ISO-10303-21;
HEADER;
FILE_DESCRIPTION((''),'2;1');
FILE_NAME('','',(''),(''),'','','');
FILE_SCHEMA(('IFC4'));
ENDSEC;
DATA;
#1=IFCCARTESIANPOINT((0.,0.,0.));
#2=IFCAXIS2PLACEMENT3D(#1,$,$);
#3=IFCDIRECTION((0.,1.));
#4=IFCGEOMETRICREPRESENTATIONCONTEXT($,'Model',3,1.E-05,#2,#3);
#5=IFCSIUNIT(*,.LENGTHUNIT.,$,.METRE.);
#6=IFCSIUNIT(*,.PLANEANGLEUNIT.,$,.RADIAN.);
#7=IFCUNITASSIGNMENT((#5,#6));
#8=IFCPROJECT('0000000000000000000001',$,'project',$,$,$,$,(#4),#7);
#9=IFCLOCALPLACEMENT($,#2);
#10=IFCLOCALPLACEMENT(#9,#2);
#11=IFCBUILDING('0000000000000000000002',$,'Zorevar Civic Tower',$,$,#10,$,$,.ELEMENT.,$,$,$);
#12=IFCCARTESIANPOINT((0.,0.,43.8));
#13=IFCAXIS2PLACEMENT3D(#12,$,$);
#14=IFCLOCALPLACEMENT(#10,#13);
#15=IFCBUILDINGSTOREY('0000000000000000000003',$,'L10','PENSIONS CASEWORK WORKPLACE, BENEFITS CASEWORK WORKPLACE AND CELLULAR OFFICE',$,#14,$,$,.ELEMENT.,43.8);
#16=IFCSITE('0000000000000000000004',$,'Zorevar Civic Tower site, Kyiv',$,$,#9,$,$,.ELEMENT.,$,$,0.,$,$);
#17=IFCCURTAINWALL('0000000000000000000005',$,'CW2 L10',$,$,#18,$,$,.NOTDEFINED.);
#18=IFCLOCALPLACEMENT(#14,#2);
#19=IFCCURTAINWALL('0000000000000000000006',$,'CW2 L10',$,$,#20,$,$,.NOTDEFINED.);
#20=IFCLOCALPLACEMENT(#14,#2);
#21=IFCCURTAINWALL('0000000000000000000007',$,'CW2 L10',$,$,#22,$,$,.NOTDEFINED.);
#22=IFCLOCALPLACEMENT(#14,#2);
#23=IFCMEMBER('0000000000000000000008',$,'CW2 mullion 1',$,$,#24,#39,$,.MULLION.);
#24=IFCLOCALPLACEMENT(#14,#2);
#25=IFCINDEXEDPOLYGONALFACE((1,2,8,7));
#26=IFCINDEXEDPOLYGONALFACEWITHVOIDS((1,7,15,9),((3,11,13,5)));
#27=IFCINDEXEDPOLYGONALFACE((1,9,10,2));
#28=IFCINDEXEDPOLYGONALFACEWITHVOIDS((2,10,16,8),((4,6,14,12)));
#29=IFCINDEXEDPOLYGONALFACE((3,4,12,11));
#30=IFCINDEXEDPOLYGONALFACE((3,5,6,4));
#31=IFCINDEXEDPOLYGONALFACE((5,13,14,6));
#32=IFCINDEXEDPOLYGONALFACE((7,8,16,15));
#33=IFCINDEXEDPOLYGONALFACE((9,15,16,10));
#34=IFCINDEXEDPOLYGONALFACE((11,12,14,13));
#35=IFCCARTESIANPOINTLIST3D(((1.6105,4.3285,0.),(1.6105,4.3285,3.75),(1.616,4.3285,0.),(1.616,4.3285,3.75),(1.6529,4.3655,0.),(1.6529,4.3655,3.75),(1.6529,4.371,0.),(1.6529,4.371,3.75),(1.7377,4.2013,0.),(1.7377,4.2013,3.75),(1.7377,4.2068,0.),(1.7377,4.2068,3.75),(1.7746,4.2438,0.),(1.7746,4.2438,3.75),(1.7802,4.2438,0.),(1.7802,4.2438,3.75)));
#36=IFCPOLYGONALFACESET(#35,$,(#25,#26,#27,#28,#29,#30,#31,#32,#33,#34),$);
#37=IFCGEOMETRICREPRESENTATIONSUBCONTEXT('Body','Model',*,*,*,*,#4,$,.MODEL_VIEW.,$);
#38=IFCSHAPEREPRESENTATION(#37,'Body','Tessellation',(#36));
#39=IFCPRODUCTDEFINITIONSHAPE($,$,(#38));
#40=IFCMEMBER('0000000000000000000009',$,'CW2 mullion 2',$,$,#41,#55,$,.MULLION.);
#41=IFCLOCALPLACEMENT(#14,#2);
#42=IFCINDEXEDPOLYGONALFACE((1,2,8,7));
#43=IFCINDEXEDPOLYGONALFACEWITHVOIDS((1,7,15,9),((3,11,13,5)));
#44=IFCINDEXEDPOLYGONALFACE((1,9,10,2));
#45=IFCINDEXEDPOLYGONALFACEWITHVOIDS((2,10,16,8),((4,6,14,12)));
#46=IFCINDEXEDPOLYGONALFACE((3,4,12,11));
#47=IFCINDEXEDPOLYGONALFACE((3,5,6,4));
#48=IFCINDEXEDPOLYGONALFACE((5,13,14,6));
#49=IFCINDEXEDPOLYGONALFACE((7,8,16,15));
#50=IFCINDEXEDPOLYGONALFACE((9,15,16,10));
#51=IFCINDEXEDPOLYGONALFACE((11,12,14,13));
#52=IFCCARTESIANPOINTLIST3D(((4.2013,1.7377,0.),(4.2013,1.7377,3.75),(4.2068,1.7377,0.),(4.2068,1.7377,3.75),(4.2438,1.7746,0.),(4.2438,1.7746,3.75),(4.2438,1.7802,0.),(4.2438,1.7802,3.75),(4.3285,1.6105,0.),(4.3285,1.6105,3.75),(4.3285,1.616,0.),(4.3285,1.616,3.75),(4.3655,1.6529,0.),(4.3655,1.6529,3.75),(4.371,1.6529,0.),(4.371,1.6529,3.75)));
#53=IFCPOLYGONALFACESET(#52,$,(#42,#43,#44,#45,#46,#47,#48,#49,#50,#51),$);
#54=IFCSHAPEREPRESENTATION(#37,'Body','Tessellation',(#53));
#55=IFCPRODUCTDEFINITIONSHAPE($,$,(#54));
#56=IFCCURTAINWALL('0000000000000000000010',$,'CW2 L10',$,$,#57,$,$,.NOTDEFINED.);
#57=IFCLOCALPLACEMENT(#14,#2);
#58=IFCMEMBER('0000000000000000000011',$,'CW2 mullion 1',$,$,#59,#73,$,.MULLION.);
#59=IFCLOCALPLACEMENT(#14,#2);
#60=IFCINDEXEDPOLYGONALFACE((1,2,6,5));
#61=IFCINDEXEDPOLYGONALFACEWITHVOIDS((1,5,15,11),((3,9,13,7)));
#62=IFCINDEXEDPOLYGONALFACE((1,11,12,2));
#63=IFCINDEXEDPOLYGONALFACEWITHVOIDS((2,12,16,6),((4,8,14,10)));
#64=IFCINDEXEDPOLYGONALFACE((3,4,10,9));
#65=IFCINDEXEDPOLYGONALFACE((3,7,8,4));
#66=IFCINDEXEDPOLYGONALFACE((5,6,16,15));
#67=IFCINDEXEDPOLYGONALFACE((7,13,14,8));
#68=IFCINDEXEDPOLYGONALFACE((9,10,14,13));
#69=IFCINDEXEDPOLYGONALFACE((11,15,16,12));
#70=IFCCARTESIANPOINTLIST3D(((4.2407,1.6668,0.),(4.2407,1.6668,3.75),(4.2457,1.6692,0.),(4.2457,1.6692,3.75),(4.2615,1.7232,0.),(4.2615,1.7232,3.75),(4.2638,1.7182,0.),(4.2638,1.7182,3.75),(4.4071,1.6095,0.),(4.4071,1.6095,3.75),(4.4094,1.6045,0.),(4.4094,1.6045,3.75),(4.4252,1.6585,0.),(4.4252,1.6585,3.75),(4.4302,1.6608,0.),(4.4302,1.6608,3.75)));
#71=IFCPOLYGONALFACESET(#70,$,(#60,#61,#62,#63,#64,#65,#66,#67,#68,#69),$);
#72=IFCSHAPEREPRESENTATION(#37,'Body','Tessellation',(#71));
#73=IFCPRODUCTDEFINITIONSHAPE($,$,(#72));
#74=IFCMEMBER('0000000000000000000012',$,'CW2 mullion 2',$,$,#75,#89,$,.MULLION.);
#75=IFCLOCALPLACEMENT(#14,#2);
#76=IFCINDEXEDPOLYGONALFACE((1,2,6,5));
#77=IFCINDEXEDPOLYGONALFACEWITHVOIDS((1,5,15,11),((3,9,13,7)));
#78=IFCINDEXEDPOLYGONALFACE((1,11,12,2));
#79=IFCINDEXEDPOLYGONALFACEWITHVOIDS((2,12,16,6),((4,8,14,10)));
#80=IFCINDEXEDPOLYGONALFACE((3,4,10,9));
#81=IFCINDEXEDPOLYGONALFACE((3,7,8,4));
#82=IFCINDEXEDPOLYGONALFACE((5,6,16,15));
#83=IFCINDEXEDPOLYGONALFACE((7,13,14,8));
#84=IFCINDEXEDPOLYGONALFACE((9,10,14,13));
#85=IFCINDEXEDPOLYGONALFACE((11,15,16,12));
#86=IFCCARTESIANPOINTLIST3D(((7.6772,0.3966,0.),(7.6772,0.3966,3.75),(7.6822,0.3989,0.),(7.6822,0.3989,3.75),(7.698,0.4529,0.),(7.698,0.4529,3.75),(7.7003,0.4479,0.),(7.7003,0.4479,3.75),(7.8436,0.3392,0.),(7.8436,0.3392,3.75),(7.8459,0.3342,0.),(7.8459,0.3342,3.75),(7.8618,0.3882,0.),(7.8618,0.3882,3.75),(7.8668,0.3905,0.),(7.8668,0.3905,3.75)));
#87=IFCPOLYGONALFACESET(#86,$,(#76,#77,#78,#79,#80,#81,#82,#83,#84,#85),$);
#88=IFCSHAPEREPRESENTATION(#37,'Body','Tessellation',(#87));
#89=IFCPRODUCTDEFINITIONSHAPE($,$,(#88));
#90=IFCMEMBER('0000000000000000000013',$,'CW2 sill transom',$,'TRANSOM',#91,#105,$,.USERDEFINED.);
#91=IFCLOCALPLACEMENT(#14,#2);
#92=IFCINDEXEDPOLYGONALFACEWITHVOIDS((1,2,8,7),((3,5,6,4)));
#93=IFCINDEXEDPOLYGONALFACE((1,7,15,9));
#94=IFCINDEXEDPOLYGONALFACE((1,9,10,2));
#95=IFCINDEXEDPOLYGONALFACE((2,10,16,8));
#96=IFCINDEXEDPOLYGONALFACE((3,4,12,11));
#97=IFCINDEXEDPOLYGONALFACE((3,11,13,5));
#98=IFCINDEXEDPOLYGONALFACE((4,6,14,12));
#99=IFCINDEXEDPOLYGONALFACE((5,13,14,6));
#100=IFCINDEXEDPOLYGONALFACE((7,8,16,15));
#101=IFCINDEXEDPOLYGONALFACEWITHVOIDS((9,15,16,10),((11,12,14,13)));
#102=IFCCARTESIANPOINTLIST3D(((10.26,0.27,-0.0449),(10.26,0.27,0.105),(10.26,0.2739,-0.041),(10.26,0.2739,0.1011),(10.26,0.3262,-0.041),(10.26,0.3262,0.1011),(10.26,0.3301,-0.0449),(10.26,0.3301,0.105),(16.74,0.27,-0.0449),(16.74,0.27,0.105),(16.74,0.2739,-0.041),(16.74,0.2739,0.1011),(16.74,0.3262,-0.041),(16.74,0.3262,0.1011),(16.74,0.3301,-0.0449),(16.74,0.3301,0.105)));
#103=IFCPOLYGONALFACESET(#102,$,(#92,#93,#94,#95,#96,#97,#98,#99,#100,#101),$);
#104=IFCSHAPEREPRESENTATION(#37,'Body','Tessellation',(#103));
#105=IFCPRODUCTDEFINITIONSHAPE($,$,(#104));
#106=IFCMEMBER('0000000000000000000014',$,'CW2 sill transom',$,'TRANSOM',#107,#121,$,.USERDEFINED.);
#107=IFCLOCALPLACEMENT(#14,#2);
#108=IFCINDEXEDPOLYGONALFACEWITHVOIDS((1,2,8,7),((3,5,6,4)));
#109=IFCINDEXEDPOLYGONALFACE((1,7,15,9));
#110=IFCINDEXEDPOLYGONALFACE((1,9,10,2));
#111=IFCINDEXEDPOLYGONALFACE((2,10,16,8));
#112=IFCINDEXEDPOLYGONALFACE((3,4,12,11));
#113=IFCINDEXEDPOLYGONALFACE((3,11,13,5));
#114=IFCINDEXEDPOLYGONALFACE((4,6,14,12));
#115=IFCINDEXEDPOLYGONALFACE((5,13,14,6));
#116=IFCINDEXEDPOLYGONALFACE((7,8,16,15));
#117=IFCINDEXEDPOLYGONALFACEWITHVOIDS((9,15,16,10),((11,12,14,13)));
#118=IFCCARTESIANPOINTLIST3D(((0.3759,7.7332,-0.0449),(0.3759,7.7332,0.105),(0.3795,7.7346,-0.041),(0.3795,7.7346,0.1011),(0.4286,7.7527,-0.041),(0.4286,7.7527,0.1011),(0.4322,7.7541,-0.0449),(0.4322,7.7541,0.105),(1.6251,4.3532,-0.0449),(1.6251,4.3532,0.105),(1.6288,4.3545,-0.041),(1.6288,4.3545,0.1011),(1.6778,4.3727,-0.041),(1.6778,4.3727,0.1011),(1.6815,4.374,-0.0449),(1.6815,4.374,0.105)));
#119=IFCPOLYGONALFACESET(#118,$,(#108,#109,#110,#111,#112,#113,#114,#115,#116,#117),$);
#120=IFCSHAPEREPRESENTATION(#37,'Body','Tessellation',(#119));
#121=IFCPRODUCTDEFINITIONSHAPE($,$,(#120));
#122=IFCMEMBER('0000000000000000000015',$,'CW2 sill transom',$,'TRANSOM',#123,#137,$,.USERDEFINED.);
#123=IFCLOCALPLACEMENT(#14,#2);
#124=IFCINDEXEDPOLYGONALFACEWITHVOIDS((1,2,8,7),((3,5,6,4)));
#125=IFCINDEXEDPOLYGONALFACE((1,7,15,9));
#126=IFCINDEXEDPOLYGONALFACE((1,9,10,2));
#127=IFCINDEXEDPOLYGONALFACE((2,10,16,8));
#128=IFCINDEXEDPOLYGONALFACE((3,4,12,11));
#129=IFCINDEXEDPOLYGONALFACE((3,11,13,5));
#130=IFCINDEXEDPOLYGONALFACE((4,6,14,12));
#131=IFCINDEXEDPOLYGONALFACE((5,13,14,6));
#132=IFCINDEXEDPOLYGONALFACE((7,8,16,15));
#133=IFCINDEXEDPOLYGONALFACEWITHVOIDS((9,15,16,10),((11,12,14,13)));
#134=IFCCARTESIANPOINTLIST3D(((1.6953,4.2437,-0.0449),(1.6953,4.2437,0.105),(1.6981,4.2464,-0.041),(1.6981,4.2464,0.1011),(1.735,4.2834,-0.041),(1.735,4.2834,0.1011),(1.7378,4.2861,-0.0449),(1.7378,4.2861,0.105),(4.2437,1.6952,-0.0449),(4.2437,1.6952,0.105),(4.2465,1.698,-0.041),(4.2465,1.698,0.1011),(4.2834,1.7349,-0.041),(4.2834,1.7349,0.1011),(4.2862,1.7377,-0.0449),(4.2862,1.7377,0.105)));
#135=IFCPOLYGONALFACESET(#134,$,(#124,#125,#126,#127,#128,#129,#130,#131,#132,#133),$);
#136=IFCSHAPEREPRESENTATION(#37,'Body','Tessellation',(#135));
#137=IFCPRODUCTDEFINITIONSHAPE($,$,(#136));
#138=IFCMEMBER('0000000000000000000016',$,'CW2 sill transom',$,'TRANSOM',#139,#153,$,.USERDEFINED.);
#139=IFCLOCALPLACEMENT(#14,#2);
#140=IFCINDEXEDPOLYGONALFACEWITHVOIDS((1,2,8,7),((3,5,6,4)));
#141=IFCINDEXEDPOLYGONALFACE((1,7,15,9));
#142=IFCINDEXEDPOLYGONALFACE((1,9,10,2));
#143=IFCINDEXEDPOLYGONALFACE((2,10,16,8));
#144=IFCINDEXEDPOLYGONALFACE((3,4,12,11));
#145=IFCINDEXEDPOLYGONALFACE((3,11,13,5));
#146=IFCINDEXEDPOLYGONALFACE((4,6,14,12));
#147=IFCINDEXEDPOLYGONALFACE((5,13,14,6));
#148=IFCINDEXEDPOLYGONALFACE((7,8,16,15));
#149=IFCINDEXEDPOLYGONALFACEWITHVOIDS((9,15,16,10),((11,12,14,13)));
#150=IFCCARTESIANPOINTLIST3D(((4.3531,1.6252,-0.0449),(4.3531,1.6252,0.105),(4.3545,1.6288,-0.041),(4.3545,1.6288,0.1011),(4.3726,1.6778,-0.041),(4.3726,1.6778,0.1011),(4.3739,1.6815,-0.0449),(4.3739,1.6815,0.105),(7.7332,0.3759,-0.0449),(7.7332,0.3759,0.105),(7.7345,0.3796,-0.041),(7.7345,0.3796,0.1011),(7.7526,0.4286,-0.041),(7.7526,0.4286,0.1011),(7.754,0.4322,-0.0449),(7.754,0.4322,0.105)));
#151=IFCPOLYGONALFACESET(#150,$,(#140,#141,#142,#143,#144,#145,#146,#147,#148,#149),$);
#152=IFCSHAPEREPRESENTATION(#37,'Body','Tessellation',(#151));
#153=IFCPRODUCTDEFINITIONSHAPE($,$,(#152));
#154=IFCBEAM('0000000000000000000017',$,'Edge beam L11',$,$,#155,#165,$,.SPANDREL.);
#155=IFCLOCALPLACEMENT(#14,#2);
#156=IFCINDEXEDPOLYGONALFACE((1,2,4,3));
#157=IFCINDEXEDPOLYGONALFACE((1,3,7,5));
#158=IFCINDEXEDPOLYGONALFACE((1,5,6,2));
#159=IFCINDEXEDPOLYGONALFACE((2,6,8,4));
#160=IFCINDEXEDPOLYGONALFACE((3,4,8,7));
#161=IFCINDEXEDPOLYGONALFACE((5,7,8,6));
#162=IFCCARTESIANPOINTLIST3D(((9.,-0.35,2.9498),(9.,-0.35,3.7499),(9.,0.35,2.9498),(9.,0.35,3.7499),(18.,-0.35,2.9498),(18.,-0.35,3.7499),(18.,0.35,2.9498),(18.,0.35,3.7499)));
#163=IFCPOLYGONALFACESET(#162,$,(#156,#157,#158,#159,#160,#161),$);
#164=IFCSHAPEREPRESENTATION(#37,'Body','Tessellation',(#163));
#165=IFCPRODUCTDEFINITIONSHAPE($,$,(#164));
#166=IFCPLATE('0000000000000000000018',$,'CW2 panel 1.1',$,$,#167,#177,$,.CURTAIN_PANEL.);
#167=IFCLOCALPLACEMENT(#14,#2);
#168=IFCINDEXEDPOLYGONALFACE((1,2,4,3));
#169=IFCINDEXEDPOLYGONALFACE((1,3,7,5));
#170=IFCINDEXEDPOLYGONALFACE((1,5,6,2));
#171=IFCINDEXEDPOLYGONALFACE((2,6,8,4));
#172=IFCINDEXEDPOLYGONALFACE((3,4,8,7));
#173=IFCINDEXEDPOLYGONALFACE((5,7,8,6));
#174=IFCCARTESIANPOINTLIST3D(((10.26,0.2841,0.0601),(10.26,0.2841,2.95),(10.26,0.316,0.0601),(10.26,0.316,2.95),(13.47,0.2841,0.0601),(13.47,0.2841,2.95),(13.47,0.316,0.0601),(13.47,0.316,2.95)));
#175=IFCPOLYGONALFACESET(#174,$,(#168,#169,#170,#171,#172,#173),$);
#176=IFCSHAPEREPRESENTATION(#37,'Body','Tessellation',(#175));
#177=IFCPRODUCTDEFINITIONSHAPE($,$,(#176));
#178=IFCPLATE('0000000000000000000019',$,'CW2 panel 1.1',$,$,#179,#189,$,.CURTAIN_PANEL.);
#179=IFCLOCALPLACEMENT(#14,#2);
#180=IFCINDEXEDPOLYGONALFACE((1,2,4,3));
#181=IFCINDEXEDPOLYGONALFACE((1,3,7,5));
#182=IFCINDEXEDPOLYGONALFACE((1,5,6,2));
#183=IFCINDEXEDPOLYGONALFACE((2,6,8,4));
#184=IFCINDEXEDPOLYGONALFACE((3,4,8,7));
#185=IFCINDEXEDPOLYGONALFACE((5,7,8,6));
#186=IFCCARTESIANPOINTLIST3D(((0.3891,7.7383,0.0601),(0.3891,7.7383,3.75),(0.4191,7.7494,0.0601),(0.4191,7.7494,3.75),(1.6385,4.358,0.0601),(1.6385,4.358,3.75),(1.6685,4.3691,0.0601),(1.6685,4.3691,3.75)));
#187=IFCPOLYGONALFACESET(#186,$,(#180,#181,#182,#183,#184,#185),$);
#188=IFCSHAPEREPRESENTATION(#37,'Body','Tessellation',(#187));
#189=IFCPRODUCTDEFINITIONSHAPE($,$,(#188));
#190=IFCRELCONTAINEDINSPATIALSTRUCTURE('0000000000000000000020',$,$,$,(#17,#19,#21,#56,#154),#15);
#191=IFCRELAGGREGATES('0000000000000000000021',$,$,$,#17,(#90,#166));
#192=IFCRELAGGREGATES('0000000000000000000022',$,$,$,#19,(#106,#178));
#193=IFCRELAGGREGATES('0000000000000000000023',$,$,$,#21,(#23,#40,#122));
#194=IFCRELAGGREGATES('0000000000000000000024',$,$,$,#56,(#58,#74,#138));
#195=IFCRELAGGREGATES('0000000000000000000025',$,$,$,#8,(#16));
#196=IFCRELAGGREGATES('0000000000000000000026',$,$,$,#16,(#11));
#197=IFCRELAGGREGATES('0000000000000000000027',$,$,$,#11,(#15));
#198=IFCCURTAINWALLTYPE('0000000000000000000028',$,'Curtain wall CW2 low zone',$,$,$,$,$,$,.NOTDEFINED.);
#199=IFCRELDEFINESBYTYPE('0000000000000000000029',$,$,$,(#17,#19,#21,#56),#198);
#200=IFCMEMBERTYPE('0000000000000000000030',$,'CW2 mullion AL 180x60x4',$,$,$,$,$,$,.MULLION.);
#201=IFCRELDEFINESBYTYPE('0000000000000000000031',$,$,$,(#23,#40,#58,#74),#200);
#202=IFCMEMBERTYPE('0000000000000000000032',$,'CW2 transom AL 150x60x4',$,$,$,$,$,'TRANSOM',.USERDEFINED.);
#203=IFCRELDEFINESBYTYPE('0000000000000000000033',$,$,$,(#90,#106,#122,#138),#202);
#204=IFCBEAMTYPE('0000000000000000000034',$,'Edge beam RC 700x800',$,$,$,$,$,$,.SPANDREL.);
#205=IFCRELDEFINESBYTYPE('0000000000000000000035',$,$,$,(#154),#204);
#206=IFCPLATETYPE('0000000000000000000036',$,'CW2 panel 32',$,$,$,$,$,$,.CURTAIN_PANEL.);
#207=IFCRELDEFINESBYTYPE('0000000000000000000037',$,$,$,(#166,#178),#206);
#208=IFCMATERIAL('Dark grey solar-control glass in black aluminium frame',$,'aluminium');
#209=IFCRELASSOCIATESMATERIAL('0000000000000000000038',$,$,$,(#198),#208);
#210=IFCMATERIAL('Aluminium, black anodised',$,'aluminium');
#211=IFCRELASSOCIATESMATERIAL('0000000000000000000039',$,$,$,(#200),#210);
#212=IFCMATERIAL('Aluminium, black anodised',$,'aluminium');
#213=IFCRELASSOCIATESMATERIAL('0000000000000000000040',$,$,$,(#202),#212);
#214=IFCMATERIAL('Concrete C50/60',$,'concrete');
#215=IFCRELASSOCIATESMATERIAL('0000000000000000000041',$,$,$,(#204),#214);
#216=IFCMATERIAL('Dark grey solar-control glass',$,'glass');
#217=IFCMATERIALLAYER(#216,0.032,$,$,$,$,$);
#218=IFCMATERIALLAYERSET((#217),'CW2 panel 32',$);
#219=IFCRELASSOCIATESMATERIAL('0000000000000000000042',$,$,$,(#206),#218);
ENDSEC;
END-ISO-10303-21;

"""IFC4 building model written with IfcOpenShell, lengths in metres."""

from ifc_helpers import new_model, si_unit, direction, frame, origin, origin_2d, place, context, subcontext, project, spatial, rectangle, hollow_rectangle, extrude, material, layer, layer_set, material_profile, profile_set, type_object, element, aggregate, save


model = new_model("IFC4")

# Units and contexts
model_context = context("Model", 3, precision=1e-05, world=origin(), true_north=direction((0.0, 1.0)))
body_context = subcontext(model_context, "Body", "Model", "MODEL_VIEW")
ifc_project = project(units=[si_unit("LENGTHUNIT", "METRE"), si_unit("PLANEANGLEUNIT", "RADIAN")], contexts=[model_context])

# Site, building, storey
site_placement = place(None, origin())
site = spatial("IfcSite", under=ifc_project, at=site_placement, Name="Zorevar Civic Tower site, Kyiv", CompositionType="ELEMENT", RefElevation=0.0)
building_placement = place(site_placement, origin())
building = spatial("IfcBuilding", under=site, at=building_placement, Name="Zorevar Civic Tower", CompositionType="ELEMENT")
storey_placement = place(building_placement, frame((0.0, 0.0, 43.8)))
storey = spatial("IfcBuildingStorey", under=building, at=storey_placement, Name="L10", Description="PENSIONS CASEWORK WORKPLACE, BENEFITS CASEWORK WORKPLACE AND CELLULAR OFFICE", CompositionType="ELEMENT", Elevation=43.8)

# Curtain walls, members
ifc_material_1 = material(Name="Dark grey solar-control glass in black aluminium frame", Category="aluminium")
curtain_wall_type = type_object("IfcCurtainWallType", Name="Curtain wall CW2 low zone", PredefinedType="NOTDEFINED", material=ifc_material_1)
curtain_wall_1_placement = place(storey_placement, origin())
curtain_wall_1 = element("IfcCurtainWall", 1, at=curtain_wall_1_placement, inside=storey, type_object=curtain_wall_type, Name="CW2 L10", PredefinedType="NOTDEFINED")
ifc_material_2 = material(Name="Aluminium, black anodised", Category="aluminium")
ifc_material_profile_1 = material_profile(ifc_material_2, hollow_rectangle(XDim=0.0601, YDim=0.1799, WallThickness=0.0039, at=origin_2d()), Name="AL 180x60x4")
ifc_profile_set_1 = profile_set([ifc_material_profile_1], Name="Aluminium, black anodised")
member_type_1 = type_object("IfcMemberType", Name="CW2 mullion AL 180x60x4", PredefinedType="MULLION", material=ifc_profile_set_1)
curtain_wall_2_placement = place(storey_placement, origin())
curtain_wall_2 = element("IfcCurtainWall", 2, at=curtain_wall_2_placement, inside=storey, type_object=curtain_wall_type, Name="CW2 L10", PredefinedType="NOTDEFINED")
curtain_wall_3_placement = place(storey_placement, origin())
curtain_wall_3 = element("IfcCurtainWall", 3, at=curtain_wall_3_placement, inside=storey, type_object=curtain_wall_type, Name="CW2 L10", PredefinedType="NOTDEFINED")
member_1_placement = place(storey_placement, frame((1.6953, 4.2861, 0.0), z_axis=(0.0, 0.0, 1.0), x_axis=(0.707107, 0.707107, 0.0)))
member_1 = element("IfcMember", 4, at=member_1_placement, type_object=member_type_1, Name="CW2 mullion 1", PredefinedType="MULLION", context=body_context, shape_type="SweptSolid", body=[
    extrude(hollow_rectangle(XDim=0.0601, YDim=0.1799, WallThickness=0.0039, at=origin_2d()), origin(), (0.0, 0.0, 1.0), 3.75),
])
member_2_placement = place(storey_placement, frame((4.2861, 1.6953, 0.0), z_axis=(0.0, 0.0, 1.0), x_axis=(0.707107, 0.707107, 0.0)))
member_2 = element("IfcMember", 5, at=member_2_placement, type_object=member_type_1, Name="CW2 mullion 2", PredefinedType="MULLION", context=body_context, shape_type="SweptSolid", body=[
    extrude(hollow_rectangle(XDim=0.0601, YDim=0.1799, WallThickness=0.0039, at=origin_2d()), origin(), (0.0, 0.0, 1.0), 3.75),
])
curtain_wall_4_placement = place(storey_placement, origin())
curtain_wall_4 = element("IfcCurtainWall", 6, at=curtain_wall_4_placement, inside=storey, type_object=curtain_wall_type, Name="CW2 L10", PredefinedType="NOTDEFINED")
member_3_placement = place(storey_placement, frame((4.3354, 1.6638, 0.0), z_axis=(0.0, 0.0, 1.0), x_axis=(0.346704, 0.937975, 0.0)))
member_3 = element("IfcMember", 7, at=member_3_placement, type_object=member_type_1, Name="CW2 mullion 1", PredefinedType="MULLION", context=body_context, shape_type="SweptSolid", body=[
    extrude(hollow_rectangle(XDim=0.0601, YDim=0.1799, WallThickness=0.0039, at=origin_2d()), origin(), (0.0, 0.0, 1.0), 3.75),
])
member_4_placement = place(storey_placement, frame((7.772, 0.3936, 0.0), z_axis=(0.0, 0.0, 1.0), x_axis=(0.346704, 0.937975, 0.0)))
member_4 = element("IfcMember", 8, at=member_4_placement, type_object=member_type_1, Name="CW2 mullion 2", PredefinedType="MULLION", context=body_context, shape_type="SweptSolid", body=[
    extrude(hollow_rectangle(XDim=0.0601, YDim=0.1799, WallThickness=0.0039, at=origin_2d()), origin(), (0.0, 0.0, 1.0), 3.75),
])

# Members
ifc_material_3 = material(Name="Aluminium, black anodised", Category="aluminium")
ifc_material_profile_2 = material_profile(ifc_material_3, hollow_rectangle(XDim=0.0601, YDim=0.1499, WallThickness=0.0039, at=origin_2d()), Name="AL 150x60x4")
ifc_profile_set_2 = profile_set([ifc_material_profile_2], Name="Aluminium, black anodised")
member_type_2 = type_object("IfcMemberType", Name="CW2 transom AL 150x60x4", ElementType="TRANSOM", PredefinedType="USERDEFINED", material=ifc_profile_set_2)
member_5_placement = place(storey_placement, frame((10.26, 0.3, 0.03), z_axis=(1.0, 0.0, 0.0), x_axis=(0.0, 1.0, 0.0)))
member_5 = element("IfcMember", 9, at=member_5_placement, type_object=member_type_2, Name="CW2 sill transom", ObjectType="TRANSOM", PredefinedType="USERDEFINED", context=body_context, shape_type="SweptSolid", body=[
    extrude(hollow_rectangle(XDim=0.0601, YDim=0.1499, WallThickness=0.0039, at=origin_2d()), origin(), (0.0, 0.0, 1.0), 6.48),
])
member_6_placement = place(storey_placement, frame((0.4041, 7.7437, 0.03), z_axis=(0.346672, -0.937986, 0.0), x_axis=(0.937986, 0.346672, 0.0)))
member_6 = element("IfcMember", 10, at=member_6_placement, type_object=member_type_2, Name="CW2 sill transom", ObjectType="TRANSOM", PredefinedType="USERDEFINED", context=body_context, shape_type="SweptSolid", body=[
    extrude(hollow_rectangle(XDim=0.0601, YDim=0.1499, WallThickness=0.0039, at=origin_2d()), origin(), (0.0, 0.0, 1.0), 3.6035),
])
member_7_placement = place(storey_placement, frame((1.7166, 4.2649, 0.03), z_axis=(0.707107, -0.707107, 0.0), x_axis=(0.707107, 0.707107, 0.0)))
member_7 = element("IfcMember", 11, at=member_7_placement, type_object=member_type_2, Name="CW2 sill transom", ObjectType="TRANSOM", PredefinedType="USERDEFINED", context=body_context, shape_type="SweptSolid", body=[
    extrude(hollow_rectangle(XDim=0.0601, YDim=0.1499, WallThickness=0.0039, at=origin_2d()), origin(), (0.0, 0.0, 1.0), 3.604),
])
member_8_placement = place(storey_placement, frame((4.3635, 1.6533, 0.03), z_axis=(0.937986, -0.346672, 0.0), x_axis=(0.346672, 0.937986, 0.0)))
member_8 = element("IfcMember", 12, at=member_8_placement, type_object=member_type_2, Name="CW2 sill transom", ObjectType="TRANSOM", PredefinedType="USERDEFINED", context=body_context, shape_type="SweptSolid", body=[
    extrude(hollow_rectangle(XDim=0.0601, YDim=0.1499, WallThickness=0.0039, at=origin_2d()), origin(), (0.0, 0.0, 1.0), 3.6035),
])

# Beam
ifc_material_4 = material(Name="Concrete C50/60", Category="concrete")
ifc_material_profile_3 = material_profile(ifc_material_4, rectangle(XDim=0.7, YDim=0.8, at=origin_2d()), Name="RC 700x800")
ifc_profile_set_3 = profile_set([ifc_material_profile_3], Name="Concrete C50/60")
beam_type_1 = type_object("IfcBeamType", Name="Edge beam RC 700x800", PredefinedType="SPANDREL", material=ifc_profile_set_3)
beam_1_placement = place(storey_placement, frame((9.0, 0.0, 3.3499), z_axis=(1.0, 0.0, 0.0), x_axis=(0.0, 1.0, 0.0)))
element("IfcBeam", 13, at=beam_1_placement, inside=storey, type_object=beam_type_1, Name="Edge beam L11", PredefinedType="SPANDREL", context=body_context, shape_type="SweptSolid", body=[
    extrude(rectangle(XDim=0.7, YDim=0.8, at=origin_2d()), origin(), (0.0, 0.0, 1.0), 9.0),
])

# Plates
ifc_material_5 = material(Name="Dark grey solar-control glass", Category="glass")
ifc_layer_1 = layer(ifc_material_5, 0.032)
ifc_layer_set_1 = layer_set([ifc_layer_1], Name="CW2 panel 32")
plate_type = type_object("IfcPlateType", Name="CW2 panel 32", PredefinedType="CURTAIN_PANEL", material=ifc_layer_set_1)
plate_1_placement = place(storey_placement, frame((11.865, 0.3, 0.0601), z_axis=(0.0, 0.0, 1.0), x_axis=(1.0, 0.0, 0.0)))
plate_1 = element("IfcPlate", 14, at=plate_1_placement, type_object=plate_type, Name="CW2 panel 1.1", PredefinedType="CURTAIN_PANEL", context=body_context, shape_type="SweptSolid", body=[
    extrude(rectangle(XDim=3.21, YDim=0.032, at=origin_2d()), origin(), (0.0, 0.0, 1.0), 2.8899),
])
aggregate(curtain_wall_1, [member_5, plate_1])
plate_2_placement = place(storey_placement, frame((1.0288, 6.0537, 0.0601), z_axis=(0.0, 0.0, 1.0), x_axis=(0.346704, -0.937975, 0.0)))
plate_2 = element("IfcPlate", 15, at=plate_2_placement, type_object=plate_type, Name="CW2 panel 1.1", PredefinedType="CURTAIN_PANEL", context=body_context, shape_type="SweptSolid", body=[
    extrude(rectangle(XDim=3.6038, YDim=0.032, at=origin_2d()), origin(), (0.0, 0.0, 1.0), 3.6899),
])
aggregate(curtain_wall_2, [member_6, plate_2])
aggregate(curtain_wall_3, [member_1, member_2, member_7])
aggregate(curtain_wall_4, [member_3, member_4, member_8])

save(model, "model.ifc")
